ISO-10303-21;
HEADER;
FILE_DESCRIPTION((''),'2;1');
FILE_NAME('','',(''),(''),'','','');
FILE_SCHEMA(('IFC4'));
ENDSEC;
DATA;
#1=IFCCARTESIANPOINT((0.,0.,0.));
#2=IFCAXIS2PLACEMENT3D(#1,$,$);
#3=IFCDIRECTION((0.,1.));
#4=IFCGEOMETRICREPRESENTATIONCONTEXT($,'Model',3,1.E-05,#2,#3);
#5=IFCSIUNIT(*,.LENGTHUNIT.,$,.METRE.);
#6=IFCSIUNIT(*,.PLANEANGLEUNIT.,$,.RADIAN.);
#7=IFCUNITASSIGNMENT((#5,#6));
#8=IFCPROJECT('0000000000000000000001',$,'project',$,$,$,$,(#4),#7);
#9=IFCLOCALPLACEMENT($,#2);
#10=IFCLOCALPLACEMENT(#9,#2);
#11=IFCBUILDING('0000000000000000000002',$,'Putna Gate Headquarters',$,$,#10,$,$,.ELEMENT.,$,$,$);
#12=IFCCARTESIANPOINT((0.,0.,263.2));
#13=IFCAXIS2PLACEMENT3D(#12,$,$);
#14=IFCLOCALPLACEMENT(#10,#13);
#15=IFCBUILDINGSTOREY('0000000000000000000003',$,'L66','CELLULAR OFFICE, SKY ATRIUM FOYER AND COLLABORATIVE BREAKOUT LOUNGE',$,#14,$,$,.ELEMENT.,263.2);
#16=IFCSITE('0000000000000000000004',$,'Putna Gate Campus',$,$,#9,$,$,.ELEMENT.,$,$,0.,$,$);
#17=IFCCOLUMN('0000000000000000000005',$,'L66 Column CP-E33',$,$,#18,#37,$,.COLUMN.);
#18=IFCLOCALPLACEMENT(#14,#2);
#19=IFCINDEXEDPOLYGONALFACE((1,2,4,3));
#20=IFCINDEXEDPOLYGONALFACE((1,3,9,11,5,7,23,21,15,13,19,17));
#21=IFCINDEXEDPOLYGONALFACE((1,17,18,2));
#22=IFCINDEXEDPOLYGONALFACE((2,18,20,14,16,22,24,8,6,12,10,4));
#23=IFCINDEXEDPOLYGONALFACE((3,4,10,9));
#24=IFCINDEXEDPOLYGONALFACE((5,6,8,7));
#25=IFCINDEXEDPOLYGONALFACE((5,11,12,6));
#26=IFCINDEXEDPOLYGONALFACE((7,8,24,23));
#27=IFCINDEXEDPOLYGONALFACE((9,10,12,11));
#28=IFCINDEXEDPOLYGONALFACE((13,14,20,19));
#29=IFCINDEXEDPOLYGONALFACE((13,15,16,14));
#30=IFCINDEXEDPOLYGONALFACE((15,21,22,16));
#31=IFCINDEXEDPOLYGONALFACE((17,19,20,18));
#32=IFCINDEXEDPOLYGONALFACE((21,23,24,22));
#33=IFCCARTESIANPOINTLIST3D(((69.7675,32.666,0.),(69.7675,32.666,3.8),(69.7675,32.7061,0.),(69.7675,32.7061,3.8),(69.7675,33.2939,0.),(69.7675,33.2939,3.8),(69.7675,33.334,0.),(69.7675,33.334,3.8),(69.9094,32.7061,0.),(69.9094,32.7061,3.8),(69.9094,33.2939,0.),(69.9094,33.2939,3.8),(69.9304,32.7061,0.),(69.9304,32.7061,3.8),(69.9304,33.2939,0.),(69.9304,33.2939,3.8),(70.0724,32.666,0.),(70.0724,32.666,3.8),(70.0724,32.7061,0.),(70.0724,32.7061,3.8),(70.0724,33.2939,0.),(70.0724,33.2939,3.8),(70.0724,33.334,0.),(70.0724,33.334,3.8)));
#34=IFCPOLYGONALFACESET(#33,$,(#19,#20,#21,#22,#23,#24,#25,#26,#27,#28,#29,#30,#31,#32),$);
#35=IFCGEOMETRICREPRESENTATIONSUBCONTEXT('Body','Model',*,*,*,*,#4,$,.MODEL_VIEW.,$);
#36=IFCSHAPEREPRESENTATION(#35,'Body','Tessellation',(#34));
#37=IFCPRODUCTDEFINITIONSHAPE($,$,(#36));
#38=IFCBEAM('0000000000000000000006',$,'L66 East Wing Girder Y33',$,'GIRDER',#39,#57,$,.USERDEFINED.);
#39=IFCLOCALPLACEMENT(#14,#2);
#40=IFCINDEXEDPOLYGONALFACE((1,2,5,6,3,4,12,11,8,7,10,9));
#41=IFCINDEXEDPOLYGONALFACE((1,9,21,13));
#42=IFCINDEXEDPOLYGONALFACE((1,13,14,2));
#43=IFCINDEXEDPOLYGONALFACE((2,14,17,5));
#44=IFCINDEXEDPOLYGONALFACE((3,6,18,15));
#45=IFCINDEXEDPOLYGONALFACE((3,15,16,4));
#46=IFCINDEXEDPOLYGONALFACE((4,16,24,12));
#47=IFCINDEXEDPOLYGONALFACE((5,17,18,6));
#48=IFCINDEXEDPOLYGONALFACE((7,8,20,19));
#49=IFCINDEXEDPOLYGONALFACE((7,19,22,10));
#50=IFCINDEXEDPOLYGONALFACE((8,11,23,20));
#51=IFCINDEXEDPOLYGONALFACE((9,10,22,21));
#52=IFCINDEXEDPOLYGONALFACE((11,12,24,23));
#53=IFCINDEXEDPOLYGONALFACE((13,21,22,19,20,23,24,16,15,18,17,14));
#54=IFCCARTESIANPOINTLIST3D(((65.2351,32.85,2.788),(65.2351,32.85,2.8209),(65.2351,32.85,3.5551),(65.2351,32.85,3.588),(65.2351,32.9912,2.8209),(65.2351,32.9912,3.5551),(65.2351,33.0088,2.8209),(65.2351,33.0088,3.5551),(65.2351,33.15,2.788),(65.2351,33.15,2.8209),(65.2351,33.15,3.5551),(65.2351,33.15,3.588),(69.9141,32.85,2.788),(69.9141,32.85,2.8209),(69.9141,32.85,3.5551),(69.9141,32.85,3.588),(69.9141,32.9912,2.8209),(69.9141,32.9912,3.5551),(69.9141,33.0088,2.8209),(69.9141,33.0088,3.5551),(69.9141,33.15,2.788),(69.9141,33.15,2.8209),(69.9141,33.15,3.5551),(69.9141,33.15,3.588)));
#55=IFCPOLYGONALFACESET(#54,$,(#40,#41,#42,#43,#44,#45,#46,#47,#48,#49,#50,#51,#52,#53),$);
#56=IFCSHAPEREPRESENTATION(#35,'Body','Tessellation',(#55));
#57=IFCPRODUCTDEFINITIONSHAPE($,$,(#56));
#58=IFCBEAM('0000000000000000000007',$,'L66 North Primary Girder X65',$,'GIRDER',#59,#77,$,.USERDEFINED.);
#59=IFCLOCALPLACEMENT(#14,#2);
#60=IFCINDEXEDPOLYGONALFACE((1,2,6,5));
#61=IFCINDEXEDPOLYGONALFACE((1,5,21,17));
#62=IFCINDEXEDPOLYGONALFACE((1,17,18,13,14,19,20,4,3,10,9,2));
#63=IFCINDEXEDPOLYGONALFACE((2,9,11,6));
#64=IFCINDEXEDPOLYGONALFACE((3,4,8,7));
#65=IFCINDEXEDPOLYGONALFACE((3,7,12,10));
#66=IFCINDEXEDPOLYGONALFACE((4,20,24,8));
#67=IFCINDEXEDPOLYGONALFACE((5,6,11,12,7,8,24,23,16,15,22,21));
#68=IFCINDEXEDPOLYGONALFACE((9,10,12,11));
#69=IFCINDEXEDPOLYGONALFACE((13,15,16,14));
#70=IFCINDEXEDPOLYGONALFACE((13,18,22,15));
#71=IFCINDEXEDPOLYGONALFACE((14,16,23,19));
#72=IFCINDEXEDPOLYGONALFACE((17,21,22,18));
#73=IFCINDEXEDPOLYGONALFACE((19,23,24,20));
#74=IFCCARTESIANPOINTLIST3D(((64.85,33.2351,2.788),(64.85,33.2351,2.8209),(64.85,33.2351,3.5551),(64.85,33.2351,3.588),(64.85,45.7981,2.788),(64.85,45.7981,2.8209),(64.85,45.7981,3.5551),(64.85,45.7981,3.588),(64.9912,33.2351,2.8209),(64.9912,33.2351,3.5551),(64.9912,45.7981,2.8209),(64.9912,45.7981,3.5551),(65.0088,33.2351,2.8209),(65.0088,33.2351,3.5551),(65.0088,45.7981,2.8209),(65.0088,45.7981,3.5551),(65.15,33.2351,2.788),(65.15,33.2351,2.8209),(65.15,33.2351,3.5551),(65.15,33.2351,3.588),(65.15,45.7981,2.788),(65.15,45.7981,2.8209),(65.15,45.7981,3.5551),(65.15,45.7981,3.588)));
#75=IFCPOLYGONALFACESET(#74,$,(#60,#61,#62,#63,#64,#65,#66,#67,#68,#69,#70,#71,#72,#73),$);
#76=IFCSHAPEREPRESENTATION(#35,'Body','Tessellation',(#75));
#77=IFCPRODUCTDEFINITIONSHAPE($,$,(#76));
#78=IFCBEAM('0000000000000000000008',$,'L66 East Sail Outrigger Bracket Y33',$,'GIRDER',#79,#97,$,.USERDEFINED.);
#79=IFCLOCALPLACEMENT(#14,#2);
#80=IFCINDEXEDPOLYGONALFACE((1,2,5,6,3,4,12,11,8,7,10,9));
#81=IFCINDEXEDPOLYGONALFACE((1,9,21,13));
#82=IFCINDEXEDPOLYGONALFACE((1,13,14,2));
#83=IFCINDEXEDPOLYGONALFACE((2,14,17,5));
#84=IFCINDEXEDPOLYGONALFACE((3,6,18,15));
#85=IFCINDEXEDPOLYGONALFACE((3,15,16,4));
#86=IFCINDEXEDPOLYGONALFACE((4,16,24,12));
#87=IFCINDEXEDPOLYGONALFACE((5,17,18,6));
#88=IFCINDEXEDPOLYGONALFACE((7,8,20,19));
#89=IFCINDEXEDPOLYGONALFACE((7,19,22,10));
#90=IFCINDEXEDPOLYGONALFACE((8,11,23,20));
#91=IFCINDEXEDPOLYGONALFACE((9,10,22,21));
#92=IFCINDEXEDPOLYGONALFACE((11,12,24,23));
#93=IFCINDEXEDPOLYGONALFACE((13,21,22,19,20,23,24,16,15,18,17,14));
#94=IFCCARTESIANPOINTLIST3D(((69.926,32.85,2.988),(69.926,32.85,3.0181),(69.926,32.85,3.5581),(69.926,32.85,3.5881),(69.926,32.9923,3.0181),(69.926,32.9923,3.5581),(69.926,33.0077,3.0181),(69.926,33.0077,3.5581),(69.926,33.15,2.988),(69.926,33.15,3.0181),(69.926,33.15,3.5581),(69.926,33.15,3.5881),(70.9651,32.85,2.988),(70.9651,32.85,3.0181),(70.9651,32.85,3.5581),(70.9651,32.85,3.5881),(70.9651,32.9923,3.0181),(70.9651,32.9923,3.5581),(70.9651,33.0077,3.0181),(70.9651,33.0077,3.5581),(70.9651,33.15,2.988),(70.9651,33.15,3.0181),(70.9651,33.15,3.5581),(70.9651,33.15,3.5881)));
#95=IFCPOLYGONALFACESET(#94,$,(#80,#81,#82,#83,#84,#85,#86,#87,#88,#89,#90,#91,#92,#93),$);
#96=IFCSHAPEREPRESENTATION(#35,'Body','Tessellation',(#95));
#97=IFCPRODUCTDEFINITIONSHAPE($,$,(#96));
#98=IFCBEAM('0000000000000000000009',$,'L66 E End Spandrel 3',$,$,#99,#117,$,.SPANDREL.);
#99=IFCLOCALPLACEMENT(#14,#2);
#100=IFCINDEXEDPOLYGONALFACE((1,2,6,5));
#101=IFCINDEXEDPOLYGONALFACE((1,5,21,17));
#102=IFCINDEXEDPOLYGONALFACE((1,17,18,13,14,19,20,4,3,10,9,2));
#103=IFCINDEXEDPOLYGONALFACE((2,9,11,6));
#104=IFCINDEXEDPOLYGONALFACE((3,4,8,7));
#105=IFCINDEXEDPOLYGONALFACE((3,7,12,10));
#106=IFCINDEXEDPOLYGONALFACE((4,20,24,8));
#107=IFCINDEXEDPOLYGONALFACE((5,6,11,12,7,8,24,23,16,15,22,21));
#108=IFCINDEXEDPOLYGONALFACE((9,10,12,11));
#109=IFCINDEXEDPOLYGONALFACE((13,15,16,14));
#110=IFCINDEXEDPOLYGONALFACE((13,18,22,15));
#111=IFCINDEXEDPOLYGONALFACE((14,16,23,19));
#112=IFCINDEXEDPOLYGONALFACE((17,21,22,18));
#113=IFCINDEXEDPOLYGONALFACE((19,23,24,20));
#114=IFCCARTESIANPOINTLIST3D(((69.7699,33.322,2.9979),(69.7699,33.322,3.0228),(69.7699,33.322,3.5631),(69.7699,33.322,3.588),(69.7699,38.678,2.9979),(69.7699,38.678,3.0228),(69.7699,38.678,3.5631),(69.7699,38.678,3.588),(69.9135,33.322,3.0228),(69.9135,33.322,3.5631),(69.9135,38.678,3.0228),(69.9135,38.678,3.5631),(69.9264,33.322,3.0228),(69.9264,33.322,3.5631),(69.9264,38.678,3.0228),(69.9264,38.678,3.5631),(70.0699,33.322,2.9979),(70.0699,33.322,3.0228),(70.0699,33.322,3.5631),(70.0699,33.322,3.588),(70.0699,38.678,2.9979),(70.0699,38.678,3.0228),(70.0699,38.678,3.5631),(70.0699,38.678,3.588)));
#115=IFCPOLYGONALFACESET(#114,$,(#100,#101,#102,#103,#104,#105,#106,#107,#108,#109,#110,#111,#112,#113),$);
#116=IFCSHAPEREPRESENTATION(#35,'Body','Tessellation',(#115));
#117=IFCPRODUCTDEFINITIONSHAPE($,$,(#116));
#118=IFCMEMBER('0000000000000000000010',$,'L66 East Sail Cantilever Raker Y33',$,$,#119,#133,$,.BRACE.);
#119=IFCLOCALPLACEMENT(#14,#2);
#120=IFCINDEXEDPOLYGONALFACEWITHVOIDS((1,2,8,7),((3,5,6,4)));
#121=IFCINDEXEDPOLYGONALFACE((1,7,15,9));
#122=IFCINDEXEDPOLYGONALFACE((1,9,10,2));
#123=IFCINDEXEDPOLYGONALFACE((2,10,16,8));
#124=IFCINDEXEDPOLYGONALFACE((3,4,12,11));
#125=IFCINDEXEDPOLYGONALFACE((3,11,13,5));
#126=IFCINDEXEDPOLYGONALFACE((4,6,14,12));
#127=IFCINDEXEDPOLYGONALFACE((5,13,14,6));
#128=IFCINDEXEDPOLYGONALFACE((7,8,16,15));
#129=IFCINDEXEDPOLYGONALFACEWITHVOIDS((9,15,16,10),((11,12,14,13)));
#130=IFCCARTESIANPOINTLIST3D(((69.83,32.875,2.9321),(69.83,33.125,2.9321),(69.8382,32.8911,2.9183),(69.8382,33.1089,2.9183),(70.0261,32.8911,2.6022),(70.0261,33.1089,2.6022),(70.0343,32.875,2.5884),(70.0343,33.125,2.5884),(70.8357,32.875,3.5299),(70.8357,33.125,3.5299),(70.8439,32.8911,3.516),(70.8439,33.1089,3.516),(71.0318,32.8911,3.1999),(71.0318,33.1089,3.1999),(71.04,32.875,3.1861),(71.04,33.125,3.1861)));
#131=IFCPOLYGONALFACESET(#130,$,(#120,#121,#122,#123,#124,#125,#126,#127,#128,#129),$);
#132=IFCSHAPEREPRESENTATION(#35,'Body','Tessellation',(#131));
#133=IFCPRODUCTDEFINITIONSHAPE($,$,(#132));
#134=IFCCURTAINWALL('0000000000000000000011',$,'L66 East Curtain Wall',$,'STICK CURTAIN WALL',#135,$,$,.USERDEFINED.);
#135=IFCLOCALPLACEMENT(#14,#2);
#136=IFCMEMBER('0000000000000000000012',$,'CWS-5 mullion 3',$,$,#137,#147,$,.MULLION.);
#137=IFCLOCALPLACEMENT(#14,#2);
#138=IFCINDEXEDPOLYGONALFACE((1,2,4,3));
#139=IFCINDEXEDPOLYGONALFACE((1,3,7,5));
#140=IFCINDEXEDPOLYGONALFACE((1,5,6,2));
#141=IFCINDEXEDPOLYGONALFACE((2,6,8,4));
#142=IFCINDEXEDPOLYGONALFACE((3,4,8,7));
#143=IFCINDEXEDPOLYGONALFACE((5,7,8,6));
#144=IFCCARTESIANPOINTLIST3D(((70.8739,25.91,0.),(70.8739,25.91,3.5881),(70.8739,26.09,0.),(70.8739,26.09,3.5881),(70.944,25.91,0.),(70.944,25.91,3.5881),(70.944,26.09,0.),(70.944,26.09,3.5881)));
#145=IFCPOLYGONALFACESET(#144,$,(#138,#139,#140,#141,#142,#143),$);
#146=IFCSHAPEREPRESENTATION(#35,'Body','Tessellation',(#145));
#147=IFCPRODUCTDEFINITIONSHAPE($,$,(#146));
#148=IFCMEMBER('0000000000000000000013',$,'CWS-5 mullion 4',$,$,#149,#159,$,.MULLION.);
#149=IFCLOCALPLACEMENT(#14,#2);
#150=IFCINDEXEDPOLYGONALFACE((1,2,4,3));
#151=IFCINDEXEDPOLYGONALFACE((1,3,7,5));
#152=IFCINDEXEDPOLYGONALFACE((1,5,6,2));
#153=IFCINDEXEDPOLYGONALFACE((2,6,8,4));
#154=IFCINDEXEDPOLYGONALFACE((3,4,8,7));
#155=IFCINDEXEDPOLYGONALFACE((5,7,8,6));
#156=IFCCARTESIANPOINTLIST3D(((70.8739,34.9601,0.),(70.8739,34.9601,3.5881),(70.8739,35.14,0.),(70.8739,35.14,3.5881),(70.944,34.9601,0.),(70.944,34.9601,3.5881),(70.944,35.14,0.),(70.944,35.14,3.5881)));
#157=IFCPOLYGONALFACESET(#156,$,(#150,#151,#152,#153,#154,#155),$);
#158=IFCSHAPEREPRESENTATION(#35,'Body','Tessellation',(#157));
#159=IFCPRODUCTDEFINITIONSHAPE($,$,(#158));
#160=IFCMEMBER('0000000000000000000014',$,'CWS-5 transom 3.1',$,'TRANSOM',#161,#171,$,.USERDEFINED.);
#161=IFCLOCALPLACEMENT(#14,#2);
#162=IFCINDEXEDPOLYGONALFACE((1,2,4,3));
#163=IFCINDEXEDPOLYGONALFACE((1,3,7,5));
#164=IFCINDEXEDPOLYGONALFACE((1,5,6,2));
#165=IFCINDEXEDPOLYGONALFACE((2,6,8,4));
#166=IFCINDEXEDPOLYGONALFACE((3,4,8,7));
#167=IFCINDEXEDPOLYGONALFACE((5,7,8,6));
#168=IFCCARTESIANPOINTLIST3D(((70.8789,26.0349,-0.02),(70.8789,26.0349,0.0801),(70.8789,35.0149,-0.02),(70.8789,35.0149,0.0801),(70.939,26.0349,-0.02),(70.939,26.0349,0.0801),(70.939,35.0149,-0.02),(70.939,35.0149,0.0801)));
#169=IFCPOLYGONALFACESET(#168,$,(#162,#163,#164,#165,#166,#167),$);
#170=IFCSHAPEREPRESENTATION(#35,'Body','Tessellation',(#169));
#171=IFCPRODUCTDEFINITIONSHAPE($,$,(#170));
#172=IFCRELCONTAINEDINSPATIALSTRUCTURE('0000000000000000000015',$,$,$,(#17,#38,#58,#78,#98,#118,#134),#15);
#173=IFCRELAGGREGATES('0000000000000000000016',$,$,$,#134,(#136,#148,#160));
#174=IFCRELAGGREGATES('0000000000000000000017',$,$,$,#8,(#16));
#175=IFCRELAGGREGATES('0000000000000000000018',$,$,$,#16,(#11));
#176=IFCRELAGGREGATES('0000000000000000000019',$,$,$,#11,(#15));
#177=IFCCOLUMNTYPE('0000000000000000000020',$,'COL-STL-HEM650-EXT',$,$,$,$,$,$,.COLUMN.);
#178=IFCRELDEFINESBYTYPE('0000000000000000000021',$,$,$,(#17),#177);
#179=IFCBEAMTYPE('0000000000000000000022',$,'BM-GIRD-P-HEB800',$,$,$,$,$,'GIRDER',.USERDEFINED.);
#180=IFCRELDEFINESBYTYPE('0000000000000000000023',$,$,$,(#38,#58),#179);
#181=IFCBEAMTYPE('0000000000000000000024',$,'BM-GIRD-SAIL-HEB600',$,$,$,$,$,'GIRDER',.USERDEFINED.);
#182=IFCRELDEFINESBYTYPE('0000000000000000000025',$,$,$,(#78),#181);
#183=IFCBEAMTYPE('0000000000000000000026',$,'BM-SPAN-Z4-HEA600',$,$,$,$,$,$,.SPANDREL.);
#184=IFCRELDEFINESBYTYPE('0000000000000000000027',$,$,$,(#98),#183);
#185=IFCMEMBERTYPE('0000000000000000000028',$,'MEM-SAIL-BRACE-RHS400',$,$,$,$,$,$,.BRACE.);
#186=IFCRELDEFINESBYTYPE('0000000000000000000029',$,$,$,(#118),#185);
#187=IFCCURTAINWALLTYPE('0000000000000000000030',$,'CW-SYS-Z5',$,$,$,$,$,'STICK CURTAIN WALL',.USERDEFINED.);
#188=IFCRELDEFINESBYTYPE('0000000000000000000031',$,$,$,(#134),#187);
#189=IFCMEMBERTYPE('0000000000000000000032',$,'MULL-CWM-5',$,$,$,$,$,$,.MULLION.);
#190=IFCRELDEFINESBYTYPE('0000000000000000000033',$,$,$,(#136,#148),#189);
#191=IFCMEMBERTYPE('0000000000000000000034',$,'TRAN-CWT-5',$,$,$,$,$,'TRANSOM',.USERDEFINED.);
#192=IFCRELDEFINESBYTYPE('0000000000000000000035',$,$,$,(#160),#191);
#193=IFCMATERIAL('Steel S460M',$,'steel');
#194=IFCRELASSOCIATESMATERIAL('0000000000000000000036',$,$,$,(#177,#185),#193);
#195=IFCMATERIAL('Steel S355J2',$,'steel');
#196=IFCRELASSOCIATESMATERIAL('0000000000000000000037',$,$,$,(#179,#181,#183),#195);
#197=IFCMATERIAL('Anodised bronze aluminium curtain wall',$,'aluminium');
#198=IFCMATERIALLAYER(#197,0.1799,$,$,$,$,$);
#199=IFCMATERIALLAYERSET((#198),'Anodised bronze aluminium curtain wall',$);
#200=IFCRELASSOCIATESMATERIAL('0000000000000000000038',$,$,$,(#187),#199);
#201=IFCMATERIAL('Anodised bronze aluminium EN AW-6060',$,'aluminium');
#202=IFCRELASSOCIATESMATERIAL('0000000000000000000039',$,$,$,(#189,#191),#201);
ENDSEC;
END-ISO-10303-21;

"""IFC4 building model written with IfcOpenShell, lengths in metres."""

from ifc_helpers import new_model, si_unit, direction, frame, origin, origin_2d, place, context, subcontext, project, spatial, rectangle, hollow_rectangle, i_section, extrude, material, layer, layer_set, material_profile, profile_set, type_object, element, aggregate, save


model = new_model("IFC4")

# Units and contexts
model_context = context("Model", 3, precision=1e-05, world=origin(), true_north=direction((0.0, 1.0)))
body_context = subcontext(model_context, "Body", "Model", "MODEL_VIEW")
ifc_project = project(units=[si_unit("LENGTHUNIT", "METRE"), si_unit("PLANEANGLEUNIT", "RADIAN")], contexts=[model_context])

# Site, building, storey
site_placement = place(None, origin())
site = spatial("IfcSite", under=ifc_project, at=site_placement, Name="Putna Gate Campus", CompositionType="ELEMENT", RefElevation=0.0)
building_placement = place(site_placement, origin())
building = spatial("IfcBuilding", under=site, at=building_placement, Name="Putna Gate Headquarters", CompositionType="ELEMENT")
storey_placement = place(building_placement, frame((0.0, 0.0, 263.2)))
storey = spatial("IfcBuildingStorey", under=building, at=storey_placement, Name="L66", Description="CELLULAR OFFICE, SKY ATRIUM FOYER AND COLLABORATIVE BREAKOUT LOUNGE", CompositionType="ELEMENT", Elevation=263.2)

# Column
ifc_material_1 = material(Name="Steel S460M", Category="steel")
ifc_material_profile_1 = material_profile(ifc_material_1, i_section(OverallWidth=0.3049, OverallDepth=0.668, WebThickness=0.021, FlangeThickness=0.04, at=origin_2d()), Name="Steel S460M")
ifc_profile_set_1 = profile_set([ifc_material_profile_1], Name="Steel S460M")
column_type = type_object("IfcColumnType", Name="COL-STL-HEM650-EXT", PredefinedType="COLUMN", material=ifc_profile_set_1)
column_placement = place(storey_placement, frame((69.9199, 33.0, 0.0), z_axis=(0.0, 0.0, 1.0), x_axis=(1.0, 0.0, 0.0)))
element("IfcColumn", 1, at=column_placement, inside=storey, type_object=column_type, Name="L66 Column CP-E33", PredefinedType="COLUMN", context=body_context, shape_type="SweptSolid", body=[
    extrude(i_section(OverallWidth=0.3049, OverallDepth=0.668, WebThickness=0.021, FlangeThickness=0.04, at=origin_2d()), origin(), (0.0, 0.0, 1.0), 3.8),
])

# Beams
ifc_material_2 = material(Name="Steel S355J2", Category="steel")
ifc_material_profile_2 = material_profile(ifc_material_2, i_section(OverallWidth=0.3, OverallDepth=0.8, WebThickness=0.0176, FlangeThickness=0.033, at=origin_2d()), Name="Steel S355J2")
ifc_profile_set_2 = profile_set([ifc_material_profile_2], Name="Steel S355J2")
beam_type_1 = type_object("IfcBeamType", Name="BM-GIRD-P-HEB800", ElementType="GIRDER", PredefinedType="USERDEFINED", material=ifc_profile_set_2)
beam_1_placement = place(storey_placement, frame((65.2351, 33.0, 3.188), z_axis=(1.0, 0.0, 0.0), x_axis=(0.0, 1.0, 0.0)))
element("IfcBeam", 2, at=beam_1_placement, inside=storey, type_object=beam_type_1, Name="L66 East Wing Girder Y33", ObjectType="GIRDER", PredefinedType="USERDEFINED", context=body_context, shape_type="SweptSolid", body=[
    extrude(i_section(OverallWidth=0.3, OverallDepth=0.8, WebThickness=0.0176, FlangeThickness=0.033, at=origin_2d()), origin(), (0.0, 0.0, 1.0), 4.679),
])
beam_2_placement = place(storey_placement, frame((65.0, 33.2351, 3.188), z_axis=(0.0, 1.0, 0.0), x_axis=(-1.0, 0.0, 0.0)))
element("IfcBeam", 3, at=beam_2_placement, inside=storey, type_object=beam_type_1, Name="L66 North Primary Girder X65", ObjectType="GIRDER", PredefinedType="USERDEFINED", context=body_context, shape_type="SweptSolid", body=[
    extrude(i_section(OverallWidth=0.3, OverallDepth=0.8, WebThickness=0.0176, FlangeThickness=0.033, at=origin_2d()), origin(), (0.0, 0.0, 1.0), 12.563),
])
ifc_material_profile_3 = material_profile(ifc_material_2, i_section(OverallWidth=0.3, OverallDepth=0.6001, WebThickness=0.0154, FlangeThickness=0.03, at=origin_2d()), Name="Steel S355J2")
ifc_profile_set_3 = profile_set([ifc_material_profile_3], Name="Steel S355J2")
beam_type_2 = type_object("IfcBeamType", Name="BM-GIRD-SAIL-HEB600", ElementType="GIRDER", PredefinedType="USERDEFINED", material=ifc_profile_set_3)
beam_3_placement = place(storey_placement, frame((69.926, 33.0, 3.2881), z_axis=(1.0, 0.0, 0.0), x_axis=(0.0, 1.0, 0.0)))
element("IfcBeam", 4, at=beam_3_placement, inside=storey, type_object=beam_type_2, Name="L66 East Sail Outrigger Bracket Y33", ObjectType="GIRDER", PredefinedType="USERDEFINED", context=body_context, shape_type="SweptSolid", body=[
    extrude(i_section(OverallWidth=0.3, OverallDepth=0.6001, WebThickness=0.0154, FlangeThickness=0.03, at=origin_2d()), origin(), (0.0, 0.0, 1.0), 1.0391),
])
ifc_material_profile_4 = material_profile(ifc_material_2, i_section(OverallWidth=0.3, OverallDepth=0.5901, WebThickness=0.0129, FlangeThickness=0.0249, at=origin_2d()), Name="Steel S355J2")
ifc_profile_set_4 = profile_set([ifc_material_profile_4], Name="Steel S355J2")
beam_type_3 = type_object("IfcBeamType", Name="BM-SPAN-Z4-HEA600", PredefinedType="SPANDREL", material=ifc_profile_set_4)
beam_4_placement = place(storey_placement, frame((69.9199, 33.322, 3.293), z_axis=(0.0, 1.0, 0.0), x_axis=(-1.0, 0.0, 0.0)))
element("IfcBeam", 5, at=beam_4_placement, inside=storey, type_object=beam_type_3, Name="L66 E End Spandrel 3", PredefinedType="SPANDREL", context=body_context, shape_type="SweptSolid", body=[
    extrude(i_section(OverallWidth=0.3, OverallDepth=0.5901, WebThickness=0.0129, FlangeThickness=0.0249, at=origin_2d()), origin(), (0.0, 0.0, 1.0), 5.356),
])

# Member
ifc_material_profile_5 = material_profile(ifc_material_1, hollow_rectangle(XDim=0.25, YDim=0.3999, WallThickness=0.0161, at=origin_2d()), Name="Steel S460M")
ifc_profile_set_5 = profile_set([ifc_material_profile_5], Name="Steel S460M")
member_type_1 = type_object("IfcMemberType", Name="MEM-SAIL-BRACE-RHS400", PredefinedType="BRACE", material=ifc_profile_set_5)
member_1_placement = place(storey_placement, frame((69.9321, 33.0, 2.7603), z_axis=(0.85964, 0.0, 0.5109), x_axis=(0.0, 1.0, 0.0)))
element("IfcMember", 6, at=member_1_placement, inside=storey, type_object=member_type_1, Name="L66 East Sail Cantilever Raker Y33", PredefinedType="BRACE", context=body_context, shape_type="SweptSolid", body=[
    extrude(hollow_rectangle(XDim=0.25, YDim=0.3999, WallThickness=0.0161, at=origin_2d()), origin(), (0.0, 0.0, 1.0), 1.1699),
])

# Curtain wall, members
ifc_material_3 = material(Name="Anodised bronze aluminium curtain wall", Category="aluminium")
ifc_layer_1 = layer(ifc_material_3, 0.1799)
ifc_layer_set_1 = layer_set([ifc_layer_1], Name="Anodised bronze aluminium curtain wall")
curtain_wall_type = type_object("IfcCurtainWallType", Name="CW-SYS-Z5", ElementType="STICK CURTAIN WALL", PredefinedType="USERDEFINED", material=ifc_layer_set_1)
curtain_wall_placement = place(storey_placement, origin())
curtain_wall = element("IfcCurtainWall", 7, at=curtain_wall_placement, inside=storey, type_object=curtain_wall_type, Name="L66 East Curtain Wall", ObjectType="STICK CURTAIN WALL", PredefinedType="USERDEFINED")
ifc_material_4 = material(Name="Anodised bronze aluminium EN AW-6060", Category="aluminium")
ifc_material_profile_6 = material_profile(ifc_material_4, rectangle(XDim=0.0701, YDim=0.1799, at=origin_2d()), Name="Anodised bronze aluminium EN AW-6060")
ifc_profile_set_6 = profile_set([ifc_material_profile_6], Name="Anodised bronze aluminium EN AW-6060")
member_type_2 = type_object("IfcMemberType", Name="MULL-CWM-5", PredefinedType="MULLION", material=ifc_profile_set_6)
member_2_placement = place(storey_placement, frame((70.9089, 26.0, 0.0), z_axis=(0.0, 0.0, 1.0), x_axis=(-1.0, 0.0, 0.0)))
member_2 = element("IfcMember", 8, at=member_2_placement, type_object=member_type_2, Name="CWS-5 mullion 3", PredefinedType="MULLION", context=body_context, shape_type="SweptSolid", body=[
    extrude(rectangle(XDim=0.0701, YDim=0.1799, at=origin_2d()), origin(), (0.0, 0.0, 1.0), 3.5881),
])
member_3_placement = place(storey_placement, frame((70.9089, 35.05, 0.0), z_axis=(0.0, 0.0, 1.0), x_axis=(-1.0, 0.0, 0.0)))
member_3 = element("IfcMember", 9, at=member_3_placement, type_object=member_type_2, Name="CWS-5 mullion 4", PredefinedType="MULLION", context=body_context, shape_type="SweptSolid", body=[
    extrude(rectangle(XDim=0.0701, YDim=0.1799, at=origin_2d()), origin(), (0.0, 0.0, 1.0), 3.5881),
])
ifc_material_profile_7 = material_profile(ifc_material_4, rectangle(XDim=0.0601, YDim=0.1001, at=origin_2d()), Name="Anodised bronze aluminium EN AW-6060")
ifc_profile_set_7 = profile_set([ifc_material_profile_7], Name="Anodised bronze aluminium EN AW-6060")
member_type_3 = type_object("IfcMemberType", Name="TRAN-CWT-5", ElementType="TRANSOM", PredefinedType="USERDEFINED", material=ifc_profile_set_7)
member_4_placement = place(storey_placement, frame((70.9089, 26.0349, 0.03), z_axis=(0.0, 1.0, 0.0), x_axis=(-1.0, 0.0, 0.0)))
member_4 = element("IfcMember", 10, at=member_4_placement, type_object=member_type_3, Name="CWS-5 transom 3.1", ObjectType="TRANSOM", PredefinedType="USERDEFINED", context=body_context, shape_type="SweptSolid", body=[
    extrude(rectangle(XDim=0.0601, YDim=0.1001, at=origin_2d()), origin(), (0.0, 0.0, 1.0), 8.98),
])
aggregate(curtain_wall, [member_2, member_3, member_4])

save(model, "model.ifc")
